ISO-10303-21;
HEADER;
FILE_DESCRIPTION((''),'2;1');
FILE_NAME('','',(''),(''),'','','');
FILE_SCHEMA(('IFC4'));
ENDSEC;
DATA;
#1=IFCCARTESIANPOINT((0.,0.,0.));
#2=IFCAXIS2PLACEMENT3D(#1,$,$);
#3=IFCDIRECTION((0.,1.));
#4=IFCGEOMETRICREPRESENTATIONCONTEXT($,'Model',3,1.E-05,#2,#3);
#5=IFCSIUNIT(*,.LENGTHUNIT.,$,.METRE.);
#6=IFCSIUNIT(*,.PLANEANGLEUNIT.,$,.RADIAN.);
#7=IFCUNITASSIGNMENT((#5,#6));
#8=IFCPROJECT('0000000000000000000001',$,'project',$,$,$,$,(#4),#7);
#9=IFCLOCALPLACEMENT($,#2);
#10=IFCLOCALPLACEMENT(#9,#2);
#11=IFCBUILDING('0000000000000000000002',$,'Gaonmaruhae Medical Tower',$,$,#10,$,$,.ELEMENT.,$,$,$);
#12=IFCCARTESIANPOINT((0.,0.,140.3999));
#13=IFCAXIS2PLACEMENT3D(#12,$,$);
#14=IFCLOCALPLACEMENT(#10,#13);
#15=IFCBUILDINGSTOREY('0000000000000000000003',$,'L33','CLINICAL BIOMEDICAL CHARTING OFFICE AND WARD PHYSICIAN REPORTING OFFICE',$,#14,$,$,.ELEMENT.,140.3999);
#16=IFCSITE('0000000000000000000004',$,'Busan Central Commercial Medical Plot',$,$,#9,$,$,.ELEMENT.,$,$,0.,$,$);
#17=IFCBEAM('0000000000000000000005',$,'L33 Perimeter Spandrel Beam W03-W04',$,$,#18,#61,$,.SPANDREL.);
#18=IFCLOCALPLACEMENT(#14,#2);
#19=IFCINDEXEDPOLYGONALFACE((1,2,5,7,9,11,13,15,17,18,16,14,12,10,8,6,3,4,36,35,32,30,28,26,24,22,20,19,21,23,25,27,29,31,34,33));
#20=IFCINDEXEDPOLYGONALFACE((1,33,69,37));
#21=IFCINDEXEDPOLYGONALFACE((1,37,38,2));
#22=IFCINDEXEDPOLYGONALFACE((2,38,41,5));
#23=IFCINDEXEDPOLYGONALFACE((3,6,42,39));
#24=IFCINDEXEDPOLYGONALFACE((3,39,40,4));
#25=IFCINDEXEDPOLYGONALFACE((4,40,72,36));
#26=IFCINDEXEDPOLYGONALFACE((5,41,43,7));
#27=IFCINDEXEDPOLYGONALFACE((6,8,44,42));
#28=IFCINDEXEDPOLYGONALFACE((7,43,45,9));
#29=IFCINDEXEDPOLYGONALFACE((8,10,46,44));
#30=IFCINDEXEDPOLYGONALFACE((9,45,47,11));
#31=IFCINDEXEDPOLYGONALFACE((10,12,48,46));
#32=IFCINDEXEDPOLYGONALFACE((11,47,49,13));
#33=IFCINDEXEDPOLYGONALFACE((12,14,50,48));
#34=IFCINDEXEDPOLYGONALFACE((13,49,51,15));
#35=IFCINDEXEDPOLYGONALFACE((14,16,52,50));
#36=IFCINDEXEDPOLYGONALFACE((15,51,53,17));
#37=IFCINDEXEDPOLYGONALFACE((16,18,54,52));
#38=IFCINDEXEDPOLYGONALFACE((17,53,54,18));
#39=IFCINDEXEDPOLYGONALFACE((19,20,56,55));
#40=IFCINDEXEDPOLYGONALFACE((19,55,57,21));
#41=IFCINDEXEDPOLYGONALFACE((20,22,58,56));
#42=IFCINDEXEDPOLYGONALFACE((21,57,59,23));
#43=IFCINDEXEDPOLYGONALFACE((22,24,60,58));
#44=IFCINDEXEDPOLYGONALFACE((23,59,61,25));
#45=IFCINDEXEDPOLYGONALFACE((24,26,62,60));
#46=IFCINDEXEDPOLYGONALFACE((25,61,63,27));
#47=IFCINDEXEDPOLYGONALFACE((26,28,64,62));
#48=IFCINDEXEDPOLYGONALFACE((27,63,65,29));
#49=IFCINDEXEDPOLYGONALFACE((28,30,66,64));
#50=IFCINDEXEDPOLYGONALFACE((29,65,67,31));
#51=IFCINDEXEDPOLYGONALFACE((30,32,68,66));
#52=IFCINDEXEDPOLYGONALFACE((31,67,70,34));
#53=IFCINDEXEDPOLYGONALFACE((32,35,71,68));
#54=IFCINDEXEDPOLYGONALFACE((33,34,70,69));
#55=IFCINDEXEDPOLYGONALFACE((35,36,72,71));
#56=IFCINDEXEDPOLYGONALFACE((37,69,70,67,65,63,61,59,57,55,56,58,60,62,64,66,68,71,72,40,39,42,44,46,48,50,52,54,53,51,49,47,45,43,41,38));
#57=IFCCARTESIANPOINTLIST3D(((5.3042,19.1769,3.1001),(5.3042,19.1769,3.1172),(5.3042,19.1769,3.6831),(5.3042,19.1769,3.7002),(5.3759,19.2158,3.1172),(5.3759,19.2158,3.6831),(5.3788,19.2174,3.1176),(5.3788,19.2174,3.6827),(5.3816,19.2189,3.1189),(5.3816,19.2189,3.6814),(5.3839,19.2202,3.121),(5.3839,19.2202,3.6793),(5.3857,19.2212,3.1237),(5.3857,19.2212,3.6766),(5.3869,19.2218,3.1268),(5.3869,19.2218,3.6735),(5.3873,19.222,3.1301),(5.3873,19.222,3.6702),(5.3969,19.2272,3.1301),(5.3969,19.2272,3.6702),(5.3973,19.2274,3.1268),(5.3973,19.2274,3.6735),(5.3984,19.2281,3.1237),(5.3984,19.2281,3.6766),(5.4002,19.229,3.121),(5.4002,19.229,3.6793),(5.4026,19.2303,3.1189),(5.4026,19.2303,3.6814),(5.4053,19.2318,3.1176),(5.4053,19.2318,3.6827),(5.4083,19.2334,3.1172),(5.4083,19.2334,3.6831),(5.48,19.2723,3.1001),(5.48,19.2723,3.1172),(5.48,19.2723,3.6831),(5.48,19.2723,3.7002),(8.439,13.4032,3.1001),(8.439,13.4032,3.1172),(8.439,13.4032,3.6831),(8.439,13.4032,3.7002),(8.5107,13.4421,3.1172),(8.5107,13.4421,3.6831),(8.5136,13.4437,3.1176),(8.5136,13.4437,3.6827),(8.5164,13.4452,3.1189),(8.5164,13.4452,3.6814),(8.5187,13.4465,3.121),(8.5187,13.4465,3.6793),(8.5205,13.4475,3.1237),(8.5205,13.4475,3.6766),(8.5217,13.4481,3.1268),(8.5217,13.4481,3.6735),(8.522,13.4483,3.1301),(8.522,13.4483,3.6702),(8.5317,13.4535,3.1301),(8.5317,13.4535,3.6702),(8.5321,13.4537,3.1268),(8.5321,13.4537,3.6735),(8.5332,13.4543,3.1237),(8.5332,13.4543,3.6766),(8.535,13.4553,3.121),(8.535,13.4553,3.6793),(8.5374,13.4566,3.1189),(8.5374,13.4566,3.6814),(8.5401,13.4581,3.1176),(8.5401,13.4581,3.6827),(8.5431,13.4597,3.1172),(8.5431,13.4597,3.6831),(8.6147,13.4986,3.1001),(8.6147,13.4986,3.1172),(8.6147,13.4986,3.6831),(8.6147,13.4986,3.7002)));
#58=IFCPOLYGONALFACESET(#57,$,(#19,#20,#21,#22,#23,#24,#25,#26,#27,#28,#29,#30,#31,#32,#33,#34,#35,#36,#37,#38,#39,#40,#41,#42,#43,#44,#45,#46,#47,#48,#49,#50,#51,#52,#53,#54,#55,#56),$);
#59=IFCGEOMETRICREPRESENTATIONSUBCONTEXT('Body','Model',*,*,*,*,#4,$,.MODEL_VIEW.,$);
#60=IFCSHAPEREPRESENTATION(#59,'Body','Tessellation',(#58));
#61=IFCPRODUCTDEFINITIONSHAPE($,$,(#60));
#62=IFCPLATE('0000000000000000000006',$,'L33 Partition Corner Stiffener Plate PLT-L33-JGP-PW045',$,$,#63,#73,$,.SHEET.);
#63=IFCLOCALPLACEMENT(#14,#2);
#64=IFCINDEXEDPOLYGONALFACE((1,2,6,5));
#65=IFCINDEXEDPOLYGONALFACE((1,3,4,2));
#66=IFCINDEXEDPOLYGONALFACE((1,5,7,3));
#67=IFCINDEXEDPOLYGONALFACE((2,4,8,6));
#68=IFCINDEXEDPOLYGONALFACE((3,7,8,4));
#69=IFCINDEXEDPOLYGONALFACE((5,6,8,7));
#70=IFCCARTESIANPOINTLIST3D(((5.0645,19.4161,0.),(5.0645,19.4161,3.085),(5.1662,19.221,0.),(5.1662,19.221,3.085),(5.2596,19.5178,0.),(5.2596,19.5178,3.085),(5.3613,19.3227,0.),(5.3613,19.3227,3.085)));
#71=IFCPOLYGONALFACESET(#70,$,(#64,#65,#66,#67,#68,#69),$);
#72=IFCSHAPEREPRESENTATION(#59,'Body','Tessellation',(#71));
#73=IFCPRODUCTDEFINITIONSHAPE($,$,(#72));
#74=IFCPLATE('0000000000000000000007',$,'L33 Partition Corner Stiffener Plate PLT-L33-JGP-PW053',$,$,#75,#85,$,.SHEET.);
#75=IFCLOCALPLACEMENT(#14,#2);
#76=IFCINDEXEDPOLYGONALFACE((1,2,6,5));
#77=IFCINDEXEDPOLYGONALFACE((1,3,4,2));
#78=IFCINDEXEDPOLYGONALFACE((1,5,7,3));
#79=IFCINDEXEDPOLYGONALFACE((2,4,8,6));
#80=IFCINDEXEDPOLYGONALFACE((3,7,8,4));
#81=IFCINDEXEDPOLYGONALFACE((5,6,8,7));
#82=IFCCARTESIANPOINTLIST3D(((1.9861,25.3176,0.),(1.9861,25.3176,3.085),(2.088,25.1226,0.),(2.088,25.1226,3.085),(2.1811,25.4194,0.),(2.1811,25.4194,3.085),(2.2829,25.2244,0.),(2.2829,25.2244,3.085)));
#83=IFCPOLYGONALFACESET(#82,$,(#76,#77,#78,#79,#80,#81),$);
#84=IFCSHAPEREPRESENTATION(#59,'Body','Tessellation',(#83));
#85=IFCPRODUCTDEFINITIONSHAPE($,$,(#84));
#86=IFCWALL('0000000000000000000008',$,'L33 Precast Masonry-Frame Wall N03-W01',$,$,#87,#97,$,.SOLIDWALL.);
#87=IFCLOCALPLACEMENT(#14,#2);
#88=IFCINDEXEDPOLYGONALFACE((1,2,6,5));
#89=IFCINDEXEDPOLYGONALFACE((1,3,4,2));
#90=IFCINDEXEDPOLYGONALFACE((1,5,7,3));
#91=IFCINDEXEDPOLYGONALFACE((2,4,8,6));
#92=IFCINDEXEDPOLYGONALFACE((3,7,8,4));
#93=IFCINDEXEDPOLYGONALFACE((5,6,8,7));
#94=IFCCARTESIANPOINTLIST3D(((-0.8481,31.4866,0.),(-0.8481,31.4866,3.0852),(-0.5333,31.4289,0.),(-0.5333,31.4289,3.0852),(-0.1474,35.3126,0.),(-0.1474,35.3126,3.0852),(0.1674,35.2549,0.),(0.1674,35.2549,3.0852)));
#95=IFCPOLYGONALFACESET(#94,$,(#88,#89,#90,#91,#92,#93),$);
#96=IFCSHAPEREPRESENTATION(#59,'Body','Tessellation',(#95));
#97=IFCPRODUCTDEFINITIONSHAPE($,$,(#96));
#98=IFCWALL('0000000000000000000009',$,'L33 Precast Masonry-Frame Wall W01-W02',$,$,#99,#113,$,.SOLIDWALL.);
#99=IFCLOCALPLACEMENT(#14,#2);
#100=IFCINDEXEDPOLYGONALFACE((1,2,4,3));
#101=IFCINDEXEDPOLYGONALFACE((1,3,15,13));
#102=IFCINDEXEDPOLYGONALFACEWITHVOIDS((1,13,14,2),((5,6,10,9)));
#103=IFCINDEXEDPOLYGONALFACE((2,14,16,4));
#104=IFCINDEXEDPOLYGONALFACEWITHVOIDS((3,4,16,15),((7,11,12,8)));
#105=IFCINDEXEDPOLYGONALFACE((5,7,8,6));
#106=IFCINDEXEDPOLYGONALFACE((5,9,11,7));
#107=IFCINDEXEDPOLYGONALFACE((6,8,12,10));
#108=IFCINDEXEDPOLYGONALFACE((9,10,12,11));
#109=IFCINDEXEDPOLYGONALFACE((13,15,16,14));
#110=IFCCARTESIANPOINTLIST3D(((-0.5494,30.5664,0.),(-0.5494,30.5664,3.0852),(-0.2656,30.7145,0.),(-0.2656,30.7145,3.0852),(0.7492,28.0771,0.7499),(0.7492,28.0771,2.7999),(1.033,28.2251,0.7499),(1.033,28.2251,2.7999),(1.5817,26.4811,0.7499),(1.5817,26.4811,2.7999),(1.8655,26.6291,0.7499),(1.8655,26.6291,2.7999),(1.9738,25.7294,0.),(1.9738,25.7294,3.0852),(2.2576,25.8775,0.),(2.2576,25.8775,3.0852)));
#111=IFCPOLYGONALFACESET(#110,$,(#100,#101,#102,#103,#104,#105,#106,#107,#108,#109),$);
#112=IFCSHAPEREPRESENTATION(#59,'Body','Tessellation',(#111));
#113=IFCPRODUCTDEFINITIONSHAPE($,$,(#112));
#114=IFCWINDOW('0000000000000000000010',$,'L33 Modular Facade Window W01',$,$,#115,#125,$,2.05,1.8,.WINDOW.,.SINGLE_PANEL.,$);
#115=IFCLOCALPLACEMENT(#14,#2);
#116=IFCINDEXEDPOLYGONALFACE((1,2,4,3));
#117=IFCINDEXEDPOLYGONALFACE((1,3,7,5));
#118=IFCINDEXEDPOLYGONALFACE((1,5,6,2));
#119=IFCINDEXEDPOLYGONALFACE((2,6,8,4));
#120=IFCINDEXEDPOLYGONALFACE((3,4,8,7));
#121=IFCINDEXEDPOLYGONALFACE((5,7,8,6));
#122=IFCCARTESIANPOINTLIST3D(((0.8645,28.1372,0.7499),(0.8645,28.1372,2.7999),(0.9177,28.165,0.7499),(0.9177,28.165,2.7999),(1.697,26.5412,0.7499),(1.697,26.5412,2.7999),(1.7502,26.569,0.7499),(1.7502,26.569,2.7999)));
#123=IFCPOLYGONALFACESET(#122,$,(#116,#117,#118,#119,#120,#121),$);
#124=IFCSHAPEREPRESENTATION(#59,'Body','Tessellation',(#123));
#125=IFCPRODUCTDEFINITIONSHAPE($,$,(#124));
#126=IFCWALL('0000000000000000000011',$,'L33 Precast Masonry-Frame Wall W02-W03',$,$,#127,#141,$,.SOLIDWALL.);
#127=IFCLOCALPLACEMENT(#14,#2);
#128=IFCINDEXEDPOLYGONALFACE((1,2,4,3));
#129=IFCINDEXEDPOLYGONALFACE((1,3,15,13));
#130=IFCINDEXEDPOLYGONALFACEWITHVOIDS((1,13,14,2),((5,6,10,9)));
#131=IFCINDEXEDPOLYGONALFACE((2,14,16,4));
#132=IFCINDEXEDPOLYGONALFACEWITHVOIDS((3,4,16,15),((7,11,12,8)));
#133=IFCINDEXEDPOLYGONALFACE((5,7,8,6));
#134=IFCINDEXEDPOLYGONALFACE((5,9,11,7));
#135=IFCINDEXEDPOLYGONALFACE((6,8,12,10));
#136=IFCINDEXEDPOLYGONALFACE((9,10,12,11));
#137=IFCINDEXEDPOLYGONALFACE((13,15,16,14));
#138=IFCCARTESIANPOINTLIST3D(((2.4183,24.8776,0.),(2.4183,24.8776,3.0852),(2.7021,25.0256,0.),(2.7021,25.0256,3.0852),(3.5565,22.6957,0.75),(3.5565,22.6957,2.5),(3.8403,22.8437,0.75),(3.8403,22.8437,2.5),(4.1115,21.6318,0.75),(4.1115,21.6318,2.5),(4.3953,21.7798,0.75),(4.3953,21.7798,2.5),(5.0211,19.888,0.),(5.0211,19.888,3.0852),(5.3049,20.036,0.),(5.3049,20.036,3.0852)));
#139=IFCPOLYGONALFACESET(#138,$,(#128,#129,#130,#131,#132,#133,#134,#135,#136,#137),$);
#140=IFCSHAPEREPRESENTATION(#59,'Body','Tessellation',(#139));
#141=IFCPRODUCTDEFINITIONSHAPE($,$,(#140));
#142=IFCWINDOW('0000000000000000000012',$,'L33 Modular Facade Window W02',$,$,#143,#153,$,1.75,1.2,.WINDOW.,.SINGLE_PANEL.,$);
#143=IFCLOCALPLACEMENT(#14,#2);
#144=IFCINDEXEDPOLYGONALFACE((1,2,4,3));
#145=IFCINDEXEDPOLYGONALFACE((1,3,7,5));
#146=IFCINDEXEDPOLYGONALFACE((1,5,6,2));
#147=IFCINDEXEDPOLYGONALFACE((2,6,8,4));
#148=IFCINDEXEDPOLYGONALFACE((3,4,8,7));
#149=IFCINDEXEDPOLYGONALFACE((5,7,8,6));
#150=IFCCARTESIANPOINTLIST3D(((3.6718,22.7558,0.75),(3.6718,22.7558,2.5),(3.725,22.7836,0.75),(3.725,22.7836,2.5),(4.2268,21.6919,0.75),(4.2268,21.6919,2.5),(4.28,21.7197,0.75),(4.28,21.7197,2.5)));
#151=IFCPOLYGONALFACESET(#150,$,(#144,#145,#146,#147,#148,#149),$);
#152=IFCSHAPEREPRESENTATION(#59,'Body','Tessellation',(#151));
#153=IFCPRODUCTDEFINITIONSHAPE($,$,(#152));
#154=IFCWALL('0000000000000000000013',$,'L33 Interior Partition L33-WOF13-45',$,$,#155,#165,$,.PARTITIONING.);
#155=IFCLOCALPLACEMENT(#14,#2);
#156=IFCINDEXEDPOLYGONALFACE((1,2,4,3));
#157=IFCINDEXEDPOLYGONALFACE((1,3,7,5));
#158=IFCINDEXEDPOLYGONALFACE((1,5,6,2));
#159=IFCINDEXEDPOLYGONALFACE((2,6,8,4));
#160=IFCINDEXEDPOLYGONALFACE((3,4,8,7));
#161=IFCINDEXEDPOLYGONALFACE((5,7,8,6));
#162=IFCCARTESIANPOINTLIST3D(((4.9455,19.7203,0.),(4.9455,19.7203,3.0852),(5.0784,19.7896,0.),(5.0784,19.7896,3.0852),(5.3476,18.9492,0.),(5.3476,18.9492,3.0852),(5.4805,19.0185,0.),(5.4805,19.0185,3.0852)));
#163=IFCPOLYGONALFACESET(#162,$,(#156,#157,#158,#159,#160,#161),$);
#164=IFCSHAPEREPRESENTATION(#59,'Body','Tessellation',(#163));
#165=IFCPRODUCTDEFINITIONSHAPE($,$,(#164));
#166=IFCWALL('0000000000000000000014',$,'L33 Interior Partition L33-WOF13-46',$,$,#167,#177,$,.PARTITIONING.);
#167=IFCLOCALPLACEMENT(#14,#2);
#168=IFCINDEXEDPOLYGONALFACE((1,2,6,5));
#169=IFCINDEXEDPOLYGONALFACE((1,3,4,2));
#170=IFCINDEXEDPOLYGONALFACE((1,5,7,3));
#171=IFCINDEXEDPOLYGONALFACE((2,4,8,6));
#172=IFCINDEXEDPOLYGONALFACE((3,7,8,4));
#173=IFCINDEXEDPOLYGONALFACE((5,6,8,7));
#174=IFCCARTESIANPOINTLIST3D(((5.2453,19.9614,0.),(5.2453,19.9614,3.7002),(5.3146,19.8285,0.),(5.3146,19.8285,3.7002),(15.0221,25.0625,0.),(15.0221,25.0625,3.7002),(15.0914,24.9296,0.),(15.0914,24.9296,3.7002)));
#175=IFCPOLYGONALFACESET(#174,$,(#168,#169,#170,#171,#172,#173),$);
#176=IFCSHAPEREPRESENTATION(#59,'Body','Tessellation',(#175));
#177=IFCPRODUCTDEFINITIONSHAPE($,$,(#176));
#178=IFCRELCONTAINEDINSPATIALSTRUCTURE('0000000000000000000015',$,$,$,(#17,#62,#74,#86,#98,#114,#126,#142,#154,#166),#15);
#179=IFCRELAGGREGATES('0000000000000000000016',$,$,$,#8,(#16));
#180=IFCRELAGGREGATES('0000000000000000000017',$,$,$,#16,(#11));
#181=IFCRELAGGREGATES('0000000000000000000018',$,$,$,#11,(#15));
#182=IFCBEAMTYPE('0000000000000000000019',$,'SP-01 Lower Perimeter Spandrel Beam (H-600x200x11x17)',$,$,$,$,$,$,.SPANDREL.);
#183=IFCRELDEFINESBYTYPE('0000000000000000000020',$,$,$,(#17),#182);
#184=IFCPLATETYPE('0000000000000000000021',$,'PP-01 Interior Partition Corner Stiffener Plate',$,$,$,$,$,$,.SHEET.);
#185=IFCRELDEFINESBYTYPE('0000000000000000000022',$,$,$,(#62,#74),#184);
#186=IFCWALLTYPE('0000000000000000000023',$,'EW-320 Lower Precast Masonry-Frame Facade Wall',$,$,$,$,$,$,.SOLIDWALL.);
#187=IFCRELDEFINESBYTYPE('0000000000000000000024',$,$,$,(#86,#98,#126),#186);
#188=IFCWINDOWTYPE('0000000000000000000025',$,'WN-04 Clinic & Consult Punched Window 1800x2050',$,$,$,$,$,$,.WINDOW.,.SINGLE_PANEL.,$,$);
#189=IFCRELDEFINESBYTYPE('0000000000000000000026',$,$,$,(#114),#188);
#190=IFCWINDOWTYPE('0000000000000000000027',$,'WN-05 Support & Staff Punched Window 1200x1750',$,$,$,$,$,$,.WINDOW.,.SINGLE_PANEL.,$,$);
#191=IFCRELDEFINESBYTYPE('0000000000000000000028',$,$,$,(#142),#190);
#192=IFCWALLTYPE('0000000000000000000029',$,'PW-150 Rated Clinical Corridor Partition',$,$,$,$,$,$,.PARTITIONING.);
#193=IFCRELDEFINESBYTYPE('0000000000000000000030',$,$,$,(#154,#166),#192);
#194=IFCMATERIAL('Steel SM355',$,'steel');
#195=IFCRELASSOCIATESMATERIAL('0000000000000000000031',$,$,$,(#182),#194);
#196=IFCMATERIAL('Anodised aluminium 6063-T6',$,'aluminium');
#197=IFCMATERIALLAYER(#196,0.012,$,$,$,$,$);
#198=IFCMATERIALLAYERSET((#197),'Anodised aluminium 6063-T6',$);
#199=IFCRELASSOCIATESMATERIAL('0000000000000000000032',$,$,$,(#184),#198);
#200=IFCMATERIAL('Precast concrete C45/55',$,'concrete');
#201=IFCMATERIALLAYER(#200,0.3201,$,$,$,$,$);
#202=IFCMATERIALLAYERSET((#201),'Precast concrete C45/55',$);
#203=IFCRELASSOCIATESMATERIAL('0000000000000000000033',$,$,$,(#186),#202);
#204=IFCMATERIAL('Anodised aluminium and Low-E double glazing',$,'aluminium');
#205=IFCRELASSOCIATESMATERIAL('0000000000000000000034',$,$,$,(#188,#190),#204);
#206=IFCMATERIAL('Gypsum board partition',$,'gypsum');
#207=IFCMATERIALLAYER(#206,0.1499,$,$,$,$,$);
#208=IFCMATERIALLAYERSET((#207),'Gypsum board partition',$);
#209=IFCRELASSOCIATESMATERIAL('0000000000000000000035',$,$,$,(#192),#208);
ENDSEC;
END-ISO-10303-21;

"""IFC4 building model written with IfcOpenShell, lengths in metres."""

from ifc_helpers import new_model, si_unit, direction, frame, frame_2d, origin, origin_2d, place, context, subcontext, project, spatial, rectangle, i_section, extrude, material, layer, layer_set, material_profile, profile_set, type_object, element, fill, save


model = new_model("IFC4")

# Units and contexts
model_context = context("Model", 3, precision=1e-05, world=origin(), true_north=direction((0.0, 1.0)))
body_context = subcontext(model_context, "Body", "Model", "MODEL_VIEW")
ifc_project = project(units=[si_unit("LENGTHUNIT", "METRE"), si_unit("PLANEANGLEUNIT", "RADIAN")], contexts=[model_context])

# Site, building, storey
site_placement = place(None, origin())
site = spatial("IfcSite", under=ifc_project, at=site_placement, Name="Busan Central Commercial Medical Plot", CompositionType="ELEMENT", RefElevation=0.0)
building_placement = place(site_placement, origin())
building = spatial("IfcBuilding", under=site, at=building_placement, Name="Gaonmaruhae Medical Tower", CompositionType="ELEMENT")
storey_placement = place(building_placement, frame((0.0, 0.0, 140.3999)))
storey = spatial("IfcBuildingStorey", under=building, at=storey_placement, Name="L33", Description="CLINICAL BIOMEDICAL CHARTING OFFICE AND WARD PHYSICIAN REPORTING OFFICE", CompositionType="ELEMENT", Elevation=140.3999)

# Beam
ifc_material_1 = material(Name="Steel SM355", Category="steel")
ifc_material_profile_1 = material_profile(ifc_material_1, i_section(OverallWidth=0.2, OverallDepth=0.6001, WebThickness=0.011, FlangeThickness=0.0171, FilletRadius=0.0129, at=origin_2d()), Name="H-600x200x11x17")
ifc_profile_set_1 = profile_set([ifc_material_profile_1], Name="Steel SM355")
beam_type_1 = type_object("IfcBeamType", Name="SP-01 Lower Perimeter Spandrel Beam (H-600x200x11x17)", PredefinedType="SPANDREL", material=ifc_profile_set_1)
beam_1_placement = place(storey_placement, frame((5.3921, 19.2246, 3.4001), z_axis=(0.477148, -0.878823, 0.0), x_axis=(0.878823, 0.477148, 0.0)))
element("IfcBeam", 1, at=beam_1_placement, inside=storey, type_object=beam_type_1, Name="L33 Perimeter Spandrel Beam W03-W04", PredefinedType="SPANDREL", context=body_context, shape_type="SweptSolid", body=[
    extrude(i_section(OverallWidth=0.2, OverallDepth=0.6001, WebThickness=0.011, FlangeThickness=0.0171, FilletRadius=0.0129, at=origin_2d()), origin(), (0.0, 0.0, 1.0), 6.5698),
])

# Plates
ifc_material_2 = material(Name="Anodised aluminium 6063-T6", Category="aluminium")
ifc_layer_1 = layer(ifc_material_2, 0.012)
ifc_layer_set_1 = layer_set([ifc_layer_1], Name="Anodised aluminium 6063-T6")
plate_type = type_object("IfcPlateType", Name="PP-01 Interior Partition Corner Stiffener Plate", PredefinedType="SHEET", material=ifc_layer_set_1)
for number, where, z_axis, x_axis, name in (
    (2, (5.2129, 19.3694, 0.0), (0.0, 0.0, 1.0), (-0.462337, 0.886704, 0.0), "L33 Partition Corner Stiffener Plate PLT-L33-JGP-PW045"),
    (3, (2.1345, 25.271, 0.0), (0.0, 0.0, 1.0), (-0.462956, 0.886381, 0.0), "L33 Partition Corner Stiffener Plate PLT-L33-JGP-PW053"),
):
    element("IfcPlate", number, at=place(storey_placement, frame(where, z_axis=z_axis, x_axis=x_axis)), inside=storey, type_object=plate_type, Name=name, PredefinedType="SHEET", context=body_context, shape_type="SweptSolid", body=[
        extrude(rectangle(XDim=0.22, YDim=0.22, at=origin_2d()), origin(), (0.0, 0.0, 1.0), 3.085),
    ])

# Wall
ifc_material_3 = material(Name="Precast concrete C45/55", Category="concrete")
ifc_layer_2 = layer(ifc_material_3, 0.3201)
ifc_layer_set_2 = layer_set([ifc_layer_2], Name="Precast concrete C45/55")
wall_type_1 = type_object("IfcWallType", Name="EW-320 Lower Precast Masonry-Frame Facade Wall", PredefinedType="SOLIDWALL", material=ifc_layer_set_2)
wall_1_placement = place(storey_placement, frame((-0.6907, 31.4578, 0.0), z_axis=(0.0, 0.0, 1.0), x_axis=(0.180145, 0.98364, 0.0)))
element("IfcWall", 4, at=wall_1_placement, inside=storey, type_object=wall_type_1, Name="L33 Precast Masonry-Frame Wall N03-W01", PredefinedType="SOLIDWALL", context=body_context, shape_type="SweptSolid", body=[
    extrude(rectangle(XDim=3.8896, YDim=0.3201, at=frame_2d((1.9448, 0.0))), origin(), (0.0, 0.0, 1.0), 3.0852),
])

# Walls, openings, windows
wall_2_placement = place(storey_placement, frame((2.1157, 25.8035, 0.0), z_axis=(0.0, 0.0, 1.0), x_axis=(-0.462506, 0.886616, 0.0)))
wall_2 = element("IfcWall", 5, at=wall_2_placement, inside=storey, type_object=wall_type_1, Name="L33 Precast Masonry-Frame Wall W01-W02", PredefinedType="SOLIDWALL", context=body_context, shape_type="SweptSolid", body=[
    extrude(rectangle(XDim=5.4556, YDim=0.3201, at=frame_2d((2.7278, 0.0))), origin(), (0.0, 0.0, 1.0), 3.0852),
])
opening_1_placement = place(wall_2_placement, frame((0.8479, 0.0, 0.75)))
opening_1 = element("IfcOpeningElement", 6, at=opening_1_placement, cuts=wall_2, PredefinedType="OPENING", context=body_context, shape_type="SweptSolid", body=[
    extrude(rectangle(XDim=1.8, YDim=2.05, at=frame_2d((0.8999, 1.0249))), frame((0.0, 0.1699, 0.0), z_axis=(0.0, -1.0, 0.0), x_axis=(1.0, 0.0, 0.0)), (0.0, 0.0, 1.0), 0.3401),
])
ifc_material_4 = material(Name="Anodised aluminium and Low-E double glazing", Category="aluminium")
window_type_1 = type_object("IfcWindowType", Name="WN-04 Clinic & Consult Punched Window 1800x2050", PartitioningType="SINGLE_PANEL", PredefinedType="WINDOW", material=ifc_material_4)
window_1_placement = place(opening_1_placement, origin())
window_1 = element("IfcWindow", 7, at=window_1_placement, inside=storey, type_object=window_type_1, Name="L33 Modular Facade Window W01", OverallHeight=2.05, OverallWidth=1.8, PartitioningType="SINGLE_PANEL", PredefinedType="WINDOW", context=body_context, shape_type="SweptSolid", body=[
    extrude(rectangle(XDim=1.8, YDim=2.05, at=frame_2d((0.8999, 1.0249))), frame((0.0, 0.03, 0.0), z_axis=(0.0, -1.0, 0.0), x_axis=(1.0, 0.0, 0.0)), (0.0, 0.0, 1.0), 0.0601),
])
fill(opening_1, window_1)
wall_3_placement = place(storey_placement, frame((5.1631, 19.9619, 0.0), z_axis=(0.0, 0.0, 1.0), x_axis=(-0.462505, 0.886617, 0.0)))
wall_3 = element("IfcWall", 8, at=wall_3_placement, inside=storey, type_object=wall_type_1, Name="L33 Precast Masonry-Frame Wall W02-W03", PredefinedType="SOLIDWALL", context=body_context, shape_type="SweptSolid", body=[
    extrude(rectangle(XDim=5.6277, YDim=0.3201, at=frame_2d((2.814, 0.0))), origin(), (0.0, 0.0, 1.0), 3.0852),
])
opening_2_placement = place(wall_3_placement, frame((1.9668, 0.0, 0.75)))
opening_2 = element("IfcOpeningElement", 9, at=opening_2_placement, cuts=wall_3, PredefinedType="OPENING", context=body_context, shape_type="SweptSolid", body=[
    extrude(rectangle(XDim=1.2, YDim=1.75, at=frame_2d((0.6001, 0.875))), frame((0.0, 0.1699, 0.0), z_axis=(0.0, -1.0, 0.0), x_axis=(1.0, 0.0, 0.0)), (0.0, 0.0, 1.0), 0.3401),
])
window_type_2 = type_object("IfcWindowType", Name="WN-05 Support & Staff Punched Window 1200x1750", PartitioningType="SINGLE_PANEL", PredefinedType="WINDOW", material=ifc_material_4)
window_2_placement = place(opening_2_placement, origin())
window_2 = element("IfcWindow", 10, at=window_2_placement, inside=storey, type_object=window_type_2, Name="L33 Modular Facade Window W02", OverallHeight=1.75, OverallWidth=1.2, PartitioningType="SINGLE_PANEL", PredefinedType="WINDOW", context=body_context, shape_type="SweptSolid", body=[
    extrude(rectangle(XDim=1.2, YDim=1.75, at=frame_2d((0.6001, 0.875))), frame((0.0, 0.03, 0.0), z_axis=(0.0, -1.0, 0.0), x_axis=(1.0, 0.0, 0.0)), (0.0, 0.0, 1.0), 0.0601),
])
fill(opening_2, window_2)

# Walls
ifc_material_5 = material(Name="Gypsum board partition", Category="gypsum")
ifc_layer_3 = layer(ifc_material_5, 0.1499)
ifc_layer_set_3 = layer_set([ifc_layer_3], Name="Gypsum board partition")
wall_type_2 = type_object("IfcWallType", Name="PW-150 Rated Clinical Corridor Partition", PredefinedType="PARTITIONING", material=ifc_layer_set_3)
wall_4_placement = place(storey_placement, frame((5.4141, 18.9839, 0.0), z_axis=(0.0, 0.0, 1.0), x_axis=(-0.462422, 0.88666, 0.0)))
element("IfcWall", 11, at=wall_4_placement, inside=storey, type_object=wall_type_2, Name="L33 Interior Partition L33-WOF13-45", PredefinedType="PARTITIONING", context=body_context, shape_type="SweptSolid", body=[
    extrude(rectangle(XDim=0.8696, YDim=0.1499, at=frame_2d((0.4348, 0.0))), origin(), (0.0, 0.0, 1.0), 3.0852),
])
wall_5_placement = place(storey_placement, frame((5.28, 19.895, 0.0), z_axis=(0.0, 0.0, 1.0), x_axis=(0.886581, 0.462574, 0.0)))
element("IfcWall", 12, at=wall_5_placement, inside=storey, type_object=wall_type_2, Name="L33 Interior Partition L33-WOF13-46", PredefinedType="PARTITIONING", context=body_context, shape_type="SweptSolid", body=[
    extrude(rectangle(XDim=11.0276, YDim=0.1499, at=frame_2d((5.5137, 0.0))), origin(), (0.0, 0.0, 1.0), 3.7002),
])

save(model, "model.ifc")
